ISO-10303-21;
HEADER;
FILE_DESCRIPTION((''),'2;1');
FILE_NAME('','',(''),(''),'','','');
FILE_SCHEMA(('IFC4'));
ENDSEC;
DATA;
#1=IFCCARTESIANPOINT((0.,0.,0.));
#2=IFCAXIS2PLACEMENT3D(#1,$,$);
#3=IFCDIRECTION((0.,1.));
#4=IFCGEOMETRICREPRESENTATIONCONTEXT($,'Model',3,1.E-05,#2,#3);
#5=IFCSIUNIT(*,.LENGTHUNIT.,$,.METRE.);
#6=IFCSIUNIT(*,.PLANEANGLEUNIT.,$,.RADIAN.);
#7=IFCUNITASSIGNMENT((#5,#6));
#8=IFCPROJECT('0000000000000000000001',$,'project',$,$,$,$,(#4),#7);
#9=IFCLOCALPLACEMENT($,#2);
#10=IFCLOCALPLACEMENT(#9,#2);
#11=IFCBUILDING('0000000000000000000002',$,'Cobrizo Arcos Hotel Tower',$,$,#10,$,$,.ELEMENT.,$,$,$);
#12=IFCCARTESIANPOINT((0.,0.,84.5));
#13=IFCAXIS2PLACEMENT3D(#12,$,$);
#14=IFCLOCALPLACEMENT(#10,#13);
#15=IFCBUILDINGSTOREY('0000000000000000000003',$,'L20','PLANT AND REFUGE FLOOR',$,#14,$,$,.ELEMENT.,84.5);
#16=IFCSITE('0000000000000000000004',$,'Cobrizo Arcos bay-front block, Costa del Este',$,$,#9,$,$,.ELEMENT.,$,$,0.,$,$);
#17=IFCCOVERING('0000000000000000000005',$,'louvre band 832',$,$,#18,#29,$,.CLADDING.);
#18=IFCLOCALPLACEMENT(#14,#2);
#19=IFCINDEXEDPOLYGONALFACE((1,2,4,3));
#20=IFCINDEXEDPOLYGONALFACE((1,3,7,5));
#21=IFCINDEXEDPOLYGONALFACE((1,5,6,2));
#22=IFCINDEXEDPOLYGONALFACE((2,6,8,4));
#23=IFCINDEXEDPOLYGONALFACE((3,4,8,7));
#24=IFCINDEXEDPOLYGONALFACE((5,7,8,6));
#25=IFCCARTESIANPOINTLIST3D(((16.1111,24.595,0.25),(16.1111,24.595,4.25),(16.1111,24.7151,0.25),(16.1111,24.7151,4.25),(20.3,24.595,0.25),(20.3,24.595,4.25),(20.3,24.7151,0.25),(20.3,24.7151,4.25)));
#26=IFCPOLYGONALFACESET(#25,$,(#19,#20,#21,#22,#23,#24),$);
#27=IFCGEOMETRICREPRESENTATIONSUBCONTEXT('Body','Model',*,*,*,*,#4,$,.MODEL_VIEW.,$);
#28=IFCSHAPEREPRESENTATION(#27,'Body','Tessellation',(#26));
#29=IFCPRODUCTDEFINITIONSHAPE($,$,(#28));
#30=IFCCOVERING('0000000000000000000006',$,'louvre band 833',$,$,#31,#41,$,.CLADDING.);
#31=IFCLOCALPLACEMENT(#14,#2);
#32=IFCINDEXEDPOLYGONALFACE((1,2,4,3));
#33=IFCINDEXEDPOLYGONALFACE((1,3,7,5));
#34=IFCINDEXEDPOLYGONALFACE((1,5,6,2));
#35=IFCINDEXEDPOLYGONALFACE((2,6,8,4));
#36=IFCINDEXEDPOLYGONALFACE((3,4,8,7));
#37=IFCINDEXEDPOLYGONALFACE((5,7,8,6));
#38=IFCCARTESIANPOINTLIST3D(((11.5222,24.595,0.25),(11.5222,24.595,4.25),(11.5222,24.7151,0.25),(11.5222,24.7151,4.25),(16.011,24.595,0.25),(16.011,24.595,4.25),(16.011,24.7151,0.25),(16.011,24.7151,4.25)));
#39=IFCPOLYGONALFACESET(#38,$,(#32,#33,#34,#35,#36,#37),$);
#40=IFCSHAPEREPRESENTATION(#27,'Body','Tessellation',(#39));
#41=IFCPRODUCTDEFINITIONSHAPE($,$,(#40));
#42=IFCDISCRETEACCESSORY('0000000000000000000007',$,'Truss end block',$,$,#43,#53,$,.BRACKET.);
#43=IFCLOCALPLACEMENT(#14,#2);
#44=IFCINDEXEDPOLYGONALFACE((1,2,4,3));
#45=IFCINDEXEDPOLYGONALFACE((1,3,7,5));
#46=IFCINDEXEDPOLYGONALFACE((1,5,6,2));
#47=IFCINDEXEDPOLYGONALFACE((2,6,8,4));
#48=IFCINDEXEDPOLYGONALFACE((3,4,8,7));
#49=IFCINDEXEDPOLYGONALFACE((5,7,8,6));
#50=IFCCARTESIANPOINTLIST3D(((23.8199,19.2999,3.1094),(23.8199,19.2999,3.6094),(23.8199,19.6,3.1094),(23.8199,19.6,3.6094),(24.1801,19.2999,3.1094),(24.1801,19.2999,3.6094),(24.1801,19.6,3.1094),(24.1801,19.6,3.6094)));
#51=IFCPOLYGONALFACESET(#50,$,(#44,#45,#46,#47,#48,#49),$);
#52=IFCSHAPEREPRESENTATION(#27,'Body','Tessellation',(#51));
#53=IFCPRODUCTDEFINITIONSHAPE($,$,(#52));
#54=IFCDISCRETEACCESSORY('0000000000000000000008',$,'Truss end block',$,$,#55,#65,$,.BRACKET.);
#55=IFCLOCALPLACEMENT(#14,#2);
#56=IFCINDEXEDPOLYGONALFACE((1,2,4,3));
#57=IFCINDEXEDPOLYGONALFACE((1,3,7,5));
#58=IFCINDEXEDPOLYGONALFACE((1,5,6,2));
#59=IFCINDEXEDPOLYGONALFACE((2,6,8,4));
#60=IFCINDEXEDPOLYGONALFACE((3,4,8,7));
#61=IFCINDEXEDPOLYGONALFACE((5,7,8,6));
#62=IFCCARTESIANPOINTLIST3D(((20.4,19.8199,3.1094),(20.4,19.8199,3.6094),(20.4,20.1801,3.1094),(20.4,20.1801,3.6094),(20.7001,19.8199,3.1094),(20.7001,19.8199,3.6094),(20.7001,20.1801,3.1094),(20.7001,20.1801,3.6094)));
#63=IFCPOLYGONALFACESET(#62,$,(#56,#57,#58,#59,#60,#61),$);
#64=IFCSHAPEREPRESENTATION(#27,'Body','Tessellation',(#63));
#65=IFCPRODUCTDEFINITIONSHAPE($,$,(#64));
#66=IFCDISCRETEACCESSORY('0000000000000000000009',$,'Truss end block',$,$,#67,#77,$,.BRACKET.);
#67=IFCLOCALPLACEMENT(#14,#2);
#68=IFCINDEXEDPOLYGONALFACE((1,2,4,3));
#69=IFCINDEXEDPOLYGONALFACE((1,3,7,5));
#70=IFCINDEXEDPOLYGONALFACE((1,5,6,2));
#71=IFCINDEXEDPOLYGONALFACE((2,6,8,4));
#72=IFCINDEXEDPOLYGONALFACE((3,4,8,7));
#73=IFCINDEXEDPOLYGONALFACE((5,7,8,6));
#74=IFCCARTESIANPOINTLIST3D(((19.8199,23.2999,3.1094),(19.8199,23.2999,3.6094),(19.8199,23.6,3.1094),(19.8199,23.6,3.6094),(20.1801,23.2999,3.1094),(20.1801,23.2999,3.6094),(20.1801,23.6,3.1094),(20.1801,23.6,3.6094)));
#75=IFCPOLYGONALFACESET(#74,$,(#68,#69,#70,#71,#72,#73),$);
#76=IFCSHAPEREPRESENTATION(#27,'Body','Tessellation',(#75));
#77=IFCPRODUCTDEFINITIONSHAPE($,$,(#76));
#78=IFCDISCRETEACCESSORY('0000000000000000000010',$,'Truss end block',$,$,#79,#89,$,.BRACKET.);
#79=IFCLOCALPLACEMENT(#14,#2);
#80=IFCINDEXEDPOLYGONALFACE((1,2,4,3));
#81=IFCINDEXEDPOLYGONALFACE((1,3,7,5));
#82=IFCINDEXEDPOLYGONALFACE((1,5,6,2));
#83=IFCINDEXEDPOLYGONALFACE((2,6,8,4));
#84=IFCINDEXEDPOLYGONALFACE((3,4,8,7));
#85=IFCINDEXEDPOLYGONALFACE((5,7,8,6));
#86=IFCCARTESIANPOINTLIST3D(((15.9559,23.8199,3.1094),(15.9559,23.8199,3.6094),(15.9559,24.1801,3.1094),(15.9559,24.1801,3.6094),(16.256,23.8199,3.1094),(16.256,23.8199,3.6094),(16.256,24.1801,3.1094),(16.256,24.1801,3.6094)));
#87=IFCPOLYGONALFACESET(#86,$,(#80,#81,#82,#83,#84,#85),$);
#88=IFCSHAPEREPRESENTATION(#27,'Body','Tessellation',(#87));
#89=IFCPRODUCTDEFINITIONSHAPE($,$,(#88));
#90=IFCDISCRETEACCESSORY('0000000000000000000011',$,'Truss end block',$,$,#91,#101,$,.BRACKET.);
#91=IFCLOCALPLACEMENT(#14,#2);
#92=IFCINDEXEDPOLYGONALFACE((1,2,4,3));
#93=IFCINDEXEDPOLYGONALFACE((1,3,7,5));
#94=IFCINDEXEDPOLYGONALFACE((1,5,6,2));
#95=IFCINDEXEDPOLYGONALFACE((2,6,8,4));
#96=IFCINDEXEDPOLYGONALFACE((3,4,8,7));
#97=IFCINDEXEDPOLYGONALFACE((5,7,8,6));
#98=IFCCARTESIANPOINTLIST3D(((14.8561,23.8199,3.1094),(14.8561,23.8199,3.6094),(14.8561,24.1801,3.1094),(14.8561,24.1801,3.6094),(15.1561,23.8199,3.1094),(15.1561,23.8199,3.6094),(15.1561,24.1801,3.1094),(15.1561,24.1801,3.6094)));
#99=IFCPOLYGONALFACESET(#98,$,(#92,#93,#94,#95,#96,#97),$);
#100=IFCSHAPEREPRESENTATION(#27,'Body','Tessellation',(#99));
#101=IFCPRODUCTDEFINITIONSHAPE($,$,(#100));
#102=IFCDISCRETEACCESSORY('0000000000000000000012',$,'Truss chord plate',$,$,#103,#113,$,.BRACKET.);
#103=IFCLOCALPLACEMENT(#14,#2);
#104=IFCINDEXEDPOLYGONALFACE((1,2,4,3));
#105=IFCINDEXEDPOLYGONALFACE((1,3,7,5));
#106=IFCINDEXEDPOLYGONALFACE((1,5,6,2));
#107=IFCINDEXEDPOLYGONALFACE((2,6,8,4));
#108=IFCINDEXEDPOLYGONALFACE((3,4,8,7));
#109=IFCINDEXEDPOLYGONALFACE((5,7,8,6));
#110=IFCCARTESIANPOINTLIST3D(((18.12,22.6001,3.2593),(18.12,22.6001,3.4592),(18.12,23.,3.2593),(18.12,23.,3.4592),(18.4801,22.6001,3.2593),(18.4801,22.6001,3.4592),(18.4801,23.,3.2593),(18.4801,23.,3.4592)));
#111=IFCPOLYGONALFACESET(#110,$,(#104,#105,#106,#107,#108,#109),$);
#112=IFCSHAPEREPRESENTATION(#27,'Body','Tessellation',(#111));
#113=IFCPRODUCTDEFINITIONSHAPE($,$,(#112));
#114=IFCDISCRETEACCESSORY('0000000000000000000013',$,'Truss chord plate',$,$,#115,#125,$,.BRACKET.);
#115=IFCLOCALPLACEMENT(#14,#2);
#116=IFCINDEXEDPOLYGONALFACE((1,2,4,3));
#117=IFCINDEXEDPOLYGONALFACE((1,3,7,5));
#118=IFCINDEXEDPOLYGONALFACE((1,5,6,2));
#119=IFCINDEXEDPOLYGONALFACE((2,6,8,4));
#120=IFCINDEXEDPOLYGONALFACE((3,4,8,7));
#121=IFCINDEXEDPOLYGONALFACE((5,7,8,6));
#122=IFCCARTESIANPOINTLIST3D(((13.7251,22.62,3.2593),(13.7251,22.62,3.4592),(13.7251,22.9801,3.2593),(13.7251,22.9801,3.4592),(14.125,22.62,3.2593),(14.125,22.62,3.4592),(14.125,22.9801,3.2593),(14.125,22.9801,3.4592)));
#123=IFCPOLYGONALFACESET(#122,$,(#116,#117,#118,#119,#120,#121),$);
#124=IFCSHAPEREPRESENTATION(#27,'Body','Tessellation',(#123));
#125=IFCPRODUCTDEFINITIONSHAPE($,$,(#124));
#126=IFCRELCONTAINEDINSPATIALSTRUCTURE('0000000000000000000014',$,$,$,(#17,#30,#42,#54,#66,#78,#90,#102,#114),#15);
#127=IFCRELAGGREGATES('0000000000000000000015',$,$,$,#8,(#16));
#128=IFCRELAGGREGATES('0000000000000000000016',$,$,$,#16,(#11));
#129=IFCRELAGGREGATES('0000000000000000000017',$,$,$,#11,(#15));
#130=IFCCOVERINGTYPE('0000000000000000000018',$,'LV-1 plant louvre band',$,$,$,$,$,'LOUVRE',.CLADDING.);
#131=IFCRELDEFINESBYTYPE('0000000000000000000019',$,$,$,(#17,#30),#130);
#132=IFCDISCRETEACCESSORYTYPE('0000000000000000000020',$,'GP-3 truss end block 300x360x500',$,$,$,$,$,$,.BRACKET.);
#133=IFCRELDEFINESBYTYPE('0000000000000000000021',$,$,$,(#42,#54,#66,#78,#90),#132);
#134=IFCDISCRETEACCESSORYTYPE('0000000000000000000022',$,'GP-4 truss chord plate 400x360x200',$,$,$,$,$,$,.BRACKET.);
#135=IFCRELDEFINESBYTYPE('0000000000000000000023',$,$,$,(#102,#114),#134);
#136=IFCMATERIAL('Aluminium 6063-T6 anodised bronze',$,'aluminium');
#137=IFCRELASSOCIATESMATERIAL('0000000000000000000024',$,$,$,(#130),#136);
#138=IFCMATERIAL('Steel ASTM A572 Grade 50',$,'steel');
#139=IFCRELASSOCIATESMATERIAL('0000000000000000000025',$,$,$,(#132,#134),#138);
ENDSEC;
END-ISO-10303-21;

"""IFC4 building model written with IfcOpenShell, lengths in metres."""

from ifc_helpers import new_model, si_unit, direction, frame, origin, origin_2d, place, context, subcontext, project, spatial, rectangle, extrude, material, type_object, element, save


model = new_model("IFC4")

# Units and contexts
model_context = context("Model", 3, precision=1e-05, world=origin(), true_north=direction((0.0, 1.0)))
body_context = subcontext(model_context, "Body", "Model", "MODEL_VIEW")
ifc_project = project(units=[si_unit("LENGTHUNIT", "METRE"), si_unit("PLANEANGLEUNIT", "RADIAN")], contexts=[model_context])

# Site, building, storey
site_placement = place(None, origin())
site = spatial("IfcSite", under=ifc_project, at=site_placement, Name="Cobrizo Arcos bay-front block, Costa del Este", CompositionType="ELEMENT", RefElevation=0.0)
building_placement = place(site_placement, origin())
building = spatial("IfcBuilding", under=site, at=building_placement, Name="Cobrizo Arcos Hotel Tower", CompositionType="ELEMENT")
storey_placement = place(building_placement, frame((0.0, 0.0, 84.5)))
storey = spatial("IfcBuildingStorey", under=building, at=storey_placement, Name="L20", Description="PLANT AND REFUGE FLOOR", CompositionType="ELEMENT", Elevation=84.5)

# Shared definitions
ifc_material_1 = material(Name="Aluminium 6063-T6 anodised bronze", Category="aluminium")

# Coverings
covering_type = type_object("IfcCoveringType", Name="LV-1 plant louvre band", ElementType="LOUVRE", PredefinedType="CLADDING", material=ifc_material_1)
covering_1_placement = place(storey_placement, frame((18.2056, 24.655, 0.25), z_axis=(0.0, 0.0, 1.0), x_axis=(-1.0, 0.0, 0.0)))
element("IfcCovering", 1, at=covering_1_placement, inside=storey, type_object=covering_type, Name="louvre band 832", PredefinedType="CLADDING", context=body_context, shape_type="SweptSolid", body=[
    extrude(rectangle(XDim=4.189, YDim=0.1201, at=origin_2d()), origin(), (0.0, 0.0, 1.0), 4.0),
])
covering_2_placement = place(storey_placement, frame((13.7666, 24.655, 0.25), z_axis=(0.0, 0.0, 1.0), x_axis=(-1.0, 0.0, 0.0)))
element("IfcCovering", 2, at=covering_2_placement, inside=storey, type_object=covering_type, Name="louvre band 833", PredefinedType="CLADDING", context=body_context, shape_type="SweptSolid", body=[
    extrude(rectangle(XDim=4.4888, YDim=0.1201, at=origin_2d()), origin(), (0.0, 0.0, 1.0), 4.0),
])

# Discrete accessories
ifc_material_2 = material(Name="Steel ASTM A572 Grade 50", Category="steel")
discrete_accessory_type_1 = type_object("IfcDiscreteAccessoryType", Name="GP-3 truss end block 300x360x500", PredefinedType="BRACKET", material=ifc_material_2)
for number, where, z_axis, x_axis, name in (
    (3, (24.0, 19.45, 3.1094), (0.0, 0.0, 1.0), (0.0, -1.0, 0.0), "Truss end block"),
    (4, (20.55, 20.0, 3.1094), (0.0, 0.0, 1.0), (1.0, 0.0, 0.0), "Truss end block"),
    (5, (20.0, 23.45, 3.1094), (0.0, 0.0, 1.0), (0.0, -1.0, 0.0), "Truss end block"),
    (6, (16.106, 24.0, 3.1094), (0.0, 0.0, 1.0), (1.0, 0.0, 0.0), "Truss end block"),
    (7, (15.0061, 24.0, 3.1094), (0.0, 0.0, 1.0), (-1.0, 0.0, 0.0), "Truss end block"),
):
    element("IfcDiscreteAccessory", number, at=place(storey_placement, frame(where, z_axis=z_axis, x_axis=x_axis)), inside=storey, type_object=discrete_accessory_type_1, Name=name, PredefinedType="BRACKET", context=body_context, shape_type="SweptSolid", body=[
        extrude(rectangle(XDim=0.3, YDim=0.3601, at=origin_2d()), origin(), (0.0, 0.0, 1.0), 0.5),
    ])
discrete_accessory_type_2 = type_object("IfcDiscreteAccessoryType", Name="GP-4 truss chord plate 400x360x200", PredefinedType="BRACKET", material=ifc_material_2)
for number, where, z_axis, x_axis, name in (
    (8, (18.3, 22.8, 3.2593), (0.0, 0.0, 1.0), (0.0, 1.0, 0.0), "Truss chord plate"),
    (9, (13.925, 22.8, 3.2593), (0.0, 0.0, 1.0), (-1.0, 0.0, 0.0), "Truss chord plate"),
):
    element("IfcDiscreteAccessory", number, at=place(storey_placement, frame(where, z_axis=z_axis, x_axis=x_axis)), inside=storey, type_object=discrete_accessory_type_2, Name=name, PredefinedType="BRACKET", context=body_context, shape_type="SweptSolid", body=[
        extrude(rectangle(XDim=0.3999, YDim=0.3601, at=origin_2d()), origin(), (0.0, 0.0, 1.0), 0.2),
    ])

save(model, "model.ifc")
